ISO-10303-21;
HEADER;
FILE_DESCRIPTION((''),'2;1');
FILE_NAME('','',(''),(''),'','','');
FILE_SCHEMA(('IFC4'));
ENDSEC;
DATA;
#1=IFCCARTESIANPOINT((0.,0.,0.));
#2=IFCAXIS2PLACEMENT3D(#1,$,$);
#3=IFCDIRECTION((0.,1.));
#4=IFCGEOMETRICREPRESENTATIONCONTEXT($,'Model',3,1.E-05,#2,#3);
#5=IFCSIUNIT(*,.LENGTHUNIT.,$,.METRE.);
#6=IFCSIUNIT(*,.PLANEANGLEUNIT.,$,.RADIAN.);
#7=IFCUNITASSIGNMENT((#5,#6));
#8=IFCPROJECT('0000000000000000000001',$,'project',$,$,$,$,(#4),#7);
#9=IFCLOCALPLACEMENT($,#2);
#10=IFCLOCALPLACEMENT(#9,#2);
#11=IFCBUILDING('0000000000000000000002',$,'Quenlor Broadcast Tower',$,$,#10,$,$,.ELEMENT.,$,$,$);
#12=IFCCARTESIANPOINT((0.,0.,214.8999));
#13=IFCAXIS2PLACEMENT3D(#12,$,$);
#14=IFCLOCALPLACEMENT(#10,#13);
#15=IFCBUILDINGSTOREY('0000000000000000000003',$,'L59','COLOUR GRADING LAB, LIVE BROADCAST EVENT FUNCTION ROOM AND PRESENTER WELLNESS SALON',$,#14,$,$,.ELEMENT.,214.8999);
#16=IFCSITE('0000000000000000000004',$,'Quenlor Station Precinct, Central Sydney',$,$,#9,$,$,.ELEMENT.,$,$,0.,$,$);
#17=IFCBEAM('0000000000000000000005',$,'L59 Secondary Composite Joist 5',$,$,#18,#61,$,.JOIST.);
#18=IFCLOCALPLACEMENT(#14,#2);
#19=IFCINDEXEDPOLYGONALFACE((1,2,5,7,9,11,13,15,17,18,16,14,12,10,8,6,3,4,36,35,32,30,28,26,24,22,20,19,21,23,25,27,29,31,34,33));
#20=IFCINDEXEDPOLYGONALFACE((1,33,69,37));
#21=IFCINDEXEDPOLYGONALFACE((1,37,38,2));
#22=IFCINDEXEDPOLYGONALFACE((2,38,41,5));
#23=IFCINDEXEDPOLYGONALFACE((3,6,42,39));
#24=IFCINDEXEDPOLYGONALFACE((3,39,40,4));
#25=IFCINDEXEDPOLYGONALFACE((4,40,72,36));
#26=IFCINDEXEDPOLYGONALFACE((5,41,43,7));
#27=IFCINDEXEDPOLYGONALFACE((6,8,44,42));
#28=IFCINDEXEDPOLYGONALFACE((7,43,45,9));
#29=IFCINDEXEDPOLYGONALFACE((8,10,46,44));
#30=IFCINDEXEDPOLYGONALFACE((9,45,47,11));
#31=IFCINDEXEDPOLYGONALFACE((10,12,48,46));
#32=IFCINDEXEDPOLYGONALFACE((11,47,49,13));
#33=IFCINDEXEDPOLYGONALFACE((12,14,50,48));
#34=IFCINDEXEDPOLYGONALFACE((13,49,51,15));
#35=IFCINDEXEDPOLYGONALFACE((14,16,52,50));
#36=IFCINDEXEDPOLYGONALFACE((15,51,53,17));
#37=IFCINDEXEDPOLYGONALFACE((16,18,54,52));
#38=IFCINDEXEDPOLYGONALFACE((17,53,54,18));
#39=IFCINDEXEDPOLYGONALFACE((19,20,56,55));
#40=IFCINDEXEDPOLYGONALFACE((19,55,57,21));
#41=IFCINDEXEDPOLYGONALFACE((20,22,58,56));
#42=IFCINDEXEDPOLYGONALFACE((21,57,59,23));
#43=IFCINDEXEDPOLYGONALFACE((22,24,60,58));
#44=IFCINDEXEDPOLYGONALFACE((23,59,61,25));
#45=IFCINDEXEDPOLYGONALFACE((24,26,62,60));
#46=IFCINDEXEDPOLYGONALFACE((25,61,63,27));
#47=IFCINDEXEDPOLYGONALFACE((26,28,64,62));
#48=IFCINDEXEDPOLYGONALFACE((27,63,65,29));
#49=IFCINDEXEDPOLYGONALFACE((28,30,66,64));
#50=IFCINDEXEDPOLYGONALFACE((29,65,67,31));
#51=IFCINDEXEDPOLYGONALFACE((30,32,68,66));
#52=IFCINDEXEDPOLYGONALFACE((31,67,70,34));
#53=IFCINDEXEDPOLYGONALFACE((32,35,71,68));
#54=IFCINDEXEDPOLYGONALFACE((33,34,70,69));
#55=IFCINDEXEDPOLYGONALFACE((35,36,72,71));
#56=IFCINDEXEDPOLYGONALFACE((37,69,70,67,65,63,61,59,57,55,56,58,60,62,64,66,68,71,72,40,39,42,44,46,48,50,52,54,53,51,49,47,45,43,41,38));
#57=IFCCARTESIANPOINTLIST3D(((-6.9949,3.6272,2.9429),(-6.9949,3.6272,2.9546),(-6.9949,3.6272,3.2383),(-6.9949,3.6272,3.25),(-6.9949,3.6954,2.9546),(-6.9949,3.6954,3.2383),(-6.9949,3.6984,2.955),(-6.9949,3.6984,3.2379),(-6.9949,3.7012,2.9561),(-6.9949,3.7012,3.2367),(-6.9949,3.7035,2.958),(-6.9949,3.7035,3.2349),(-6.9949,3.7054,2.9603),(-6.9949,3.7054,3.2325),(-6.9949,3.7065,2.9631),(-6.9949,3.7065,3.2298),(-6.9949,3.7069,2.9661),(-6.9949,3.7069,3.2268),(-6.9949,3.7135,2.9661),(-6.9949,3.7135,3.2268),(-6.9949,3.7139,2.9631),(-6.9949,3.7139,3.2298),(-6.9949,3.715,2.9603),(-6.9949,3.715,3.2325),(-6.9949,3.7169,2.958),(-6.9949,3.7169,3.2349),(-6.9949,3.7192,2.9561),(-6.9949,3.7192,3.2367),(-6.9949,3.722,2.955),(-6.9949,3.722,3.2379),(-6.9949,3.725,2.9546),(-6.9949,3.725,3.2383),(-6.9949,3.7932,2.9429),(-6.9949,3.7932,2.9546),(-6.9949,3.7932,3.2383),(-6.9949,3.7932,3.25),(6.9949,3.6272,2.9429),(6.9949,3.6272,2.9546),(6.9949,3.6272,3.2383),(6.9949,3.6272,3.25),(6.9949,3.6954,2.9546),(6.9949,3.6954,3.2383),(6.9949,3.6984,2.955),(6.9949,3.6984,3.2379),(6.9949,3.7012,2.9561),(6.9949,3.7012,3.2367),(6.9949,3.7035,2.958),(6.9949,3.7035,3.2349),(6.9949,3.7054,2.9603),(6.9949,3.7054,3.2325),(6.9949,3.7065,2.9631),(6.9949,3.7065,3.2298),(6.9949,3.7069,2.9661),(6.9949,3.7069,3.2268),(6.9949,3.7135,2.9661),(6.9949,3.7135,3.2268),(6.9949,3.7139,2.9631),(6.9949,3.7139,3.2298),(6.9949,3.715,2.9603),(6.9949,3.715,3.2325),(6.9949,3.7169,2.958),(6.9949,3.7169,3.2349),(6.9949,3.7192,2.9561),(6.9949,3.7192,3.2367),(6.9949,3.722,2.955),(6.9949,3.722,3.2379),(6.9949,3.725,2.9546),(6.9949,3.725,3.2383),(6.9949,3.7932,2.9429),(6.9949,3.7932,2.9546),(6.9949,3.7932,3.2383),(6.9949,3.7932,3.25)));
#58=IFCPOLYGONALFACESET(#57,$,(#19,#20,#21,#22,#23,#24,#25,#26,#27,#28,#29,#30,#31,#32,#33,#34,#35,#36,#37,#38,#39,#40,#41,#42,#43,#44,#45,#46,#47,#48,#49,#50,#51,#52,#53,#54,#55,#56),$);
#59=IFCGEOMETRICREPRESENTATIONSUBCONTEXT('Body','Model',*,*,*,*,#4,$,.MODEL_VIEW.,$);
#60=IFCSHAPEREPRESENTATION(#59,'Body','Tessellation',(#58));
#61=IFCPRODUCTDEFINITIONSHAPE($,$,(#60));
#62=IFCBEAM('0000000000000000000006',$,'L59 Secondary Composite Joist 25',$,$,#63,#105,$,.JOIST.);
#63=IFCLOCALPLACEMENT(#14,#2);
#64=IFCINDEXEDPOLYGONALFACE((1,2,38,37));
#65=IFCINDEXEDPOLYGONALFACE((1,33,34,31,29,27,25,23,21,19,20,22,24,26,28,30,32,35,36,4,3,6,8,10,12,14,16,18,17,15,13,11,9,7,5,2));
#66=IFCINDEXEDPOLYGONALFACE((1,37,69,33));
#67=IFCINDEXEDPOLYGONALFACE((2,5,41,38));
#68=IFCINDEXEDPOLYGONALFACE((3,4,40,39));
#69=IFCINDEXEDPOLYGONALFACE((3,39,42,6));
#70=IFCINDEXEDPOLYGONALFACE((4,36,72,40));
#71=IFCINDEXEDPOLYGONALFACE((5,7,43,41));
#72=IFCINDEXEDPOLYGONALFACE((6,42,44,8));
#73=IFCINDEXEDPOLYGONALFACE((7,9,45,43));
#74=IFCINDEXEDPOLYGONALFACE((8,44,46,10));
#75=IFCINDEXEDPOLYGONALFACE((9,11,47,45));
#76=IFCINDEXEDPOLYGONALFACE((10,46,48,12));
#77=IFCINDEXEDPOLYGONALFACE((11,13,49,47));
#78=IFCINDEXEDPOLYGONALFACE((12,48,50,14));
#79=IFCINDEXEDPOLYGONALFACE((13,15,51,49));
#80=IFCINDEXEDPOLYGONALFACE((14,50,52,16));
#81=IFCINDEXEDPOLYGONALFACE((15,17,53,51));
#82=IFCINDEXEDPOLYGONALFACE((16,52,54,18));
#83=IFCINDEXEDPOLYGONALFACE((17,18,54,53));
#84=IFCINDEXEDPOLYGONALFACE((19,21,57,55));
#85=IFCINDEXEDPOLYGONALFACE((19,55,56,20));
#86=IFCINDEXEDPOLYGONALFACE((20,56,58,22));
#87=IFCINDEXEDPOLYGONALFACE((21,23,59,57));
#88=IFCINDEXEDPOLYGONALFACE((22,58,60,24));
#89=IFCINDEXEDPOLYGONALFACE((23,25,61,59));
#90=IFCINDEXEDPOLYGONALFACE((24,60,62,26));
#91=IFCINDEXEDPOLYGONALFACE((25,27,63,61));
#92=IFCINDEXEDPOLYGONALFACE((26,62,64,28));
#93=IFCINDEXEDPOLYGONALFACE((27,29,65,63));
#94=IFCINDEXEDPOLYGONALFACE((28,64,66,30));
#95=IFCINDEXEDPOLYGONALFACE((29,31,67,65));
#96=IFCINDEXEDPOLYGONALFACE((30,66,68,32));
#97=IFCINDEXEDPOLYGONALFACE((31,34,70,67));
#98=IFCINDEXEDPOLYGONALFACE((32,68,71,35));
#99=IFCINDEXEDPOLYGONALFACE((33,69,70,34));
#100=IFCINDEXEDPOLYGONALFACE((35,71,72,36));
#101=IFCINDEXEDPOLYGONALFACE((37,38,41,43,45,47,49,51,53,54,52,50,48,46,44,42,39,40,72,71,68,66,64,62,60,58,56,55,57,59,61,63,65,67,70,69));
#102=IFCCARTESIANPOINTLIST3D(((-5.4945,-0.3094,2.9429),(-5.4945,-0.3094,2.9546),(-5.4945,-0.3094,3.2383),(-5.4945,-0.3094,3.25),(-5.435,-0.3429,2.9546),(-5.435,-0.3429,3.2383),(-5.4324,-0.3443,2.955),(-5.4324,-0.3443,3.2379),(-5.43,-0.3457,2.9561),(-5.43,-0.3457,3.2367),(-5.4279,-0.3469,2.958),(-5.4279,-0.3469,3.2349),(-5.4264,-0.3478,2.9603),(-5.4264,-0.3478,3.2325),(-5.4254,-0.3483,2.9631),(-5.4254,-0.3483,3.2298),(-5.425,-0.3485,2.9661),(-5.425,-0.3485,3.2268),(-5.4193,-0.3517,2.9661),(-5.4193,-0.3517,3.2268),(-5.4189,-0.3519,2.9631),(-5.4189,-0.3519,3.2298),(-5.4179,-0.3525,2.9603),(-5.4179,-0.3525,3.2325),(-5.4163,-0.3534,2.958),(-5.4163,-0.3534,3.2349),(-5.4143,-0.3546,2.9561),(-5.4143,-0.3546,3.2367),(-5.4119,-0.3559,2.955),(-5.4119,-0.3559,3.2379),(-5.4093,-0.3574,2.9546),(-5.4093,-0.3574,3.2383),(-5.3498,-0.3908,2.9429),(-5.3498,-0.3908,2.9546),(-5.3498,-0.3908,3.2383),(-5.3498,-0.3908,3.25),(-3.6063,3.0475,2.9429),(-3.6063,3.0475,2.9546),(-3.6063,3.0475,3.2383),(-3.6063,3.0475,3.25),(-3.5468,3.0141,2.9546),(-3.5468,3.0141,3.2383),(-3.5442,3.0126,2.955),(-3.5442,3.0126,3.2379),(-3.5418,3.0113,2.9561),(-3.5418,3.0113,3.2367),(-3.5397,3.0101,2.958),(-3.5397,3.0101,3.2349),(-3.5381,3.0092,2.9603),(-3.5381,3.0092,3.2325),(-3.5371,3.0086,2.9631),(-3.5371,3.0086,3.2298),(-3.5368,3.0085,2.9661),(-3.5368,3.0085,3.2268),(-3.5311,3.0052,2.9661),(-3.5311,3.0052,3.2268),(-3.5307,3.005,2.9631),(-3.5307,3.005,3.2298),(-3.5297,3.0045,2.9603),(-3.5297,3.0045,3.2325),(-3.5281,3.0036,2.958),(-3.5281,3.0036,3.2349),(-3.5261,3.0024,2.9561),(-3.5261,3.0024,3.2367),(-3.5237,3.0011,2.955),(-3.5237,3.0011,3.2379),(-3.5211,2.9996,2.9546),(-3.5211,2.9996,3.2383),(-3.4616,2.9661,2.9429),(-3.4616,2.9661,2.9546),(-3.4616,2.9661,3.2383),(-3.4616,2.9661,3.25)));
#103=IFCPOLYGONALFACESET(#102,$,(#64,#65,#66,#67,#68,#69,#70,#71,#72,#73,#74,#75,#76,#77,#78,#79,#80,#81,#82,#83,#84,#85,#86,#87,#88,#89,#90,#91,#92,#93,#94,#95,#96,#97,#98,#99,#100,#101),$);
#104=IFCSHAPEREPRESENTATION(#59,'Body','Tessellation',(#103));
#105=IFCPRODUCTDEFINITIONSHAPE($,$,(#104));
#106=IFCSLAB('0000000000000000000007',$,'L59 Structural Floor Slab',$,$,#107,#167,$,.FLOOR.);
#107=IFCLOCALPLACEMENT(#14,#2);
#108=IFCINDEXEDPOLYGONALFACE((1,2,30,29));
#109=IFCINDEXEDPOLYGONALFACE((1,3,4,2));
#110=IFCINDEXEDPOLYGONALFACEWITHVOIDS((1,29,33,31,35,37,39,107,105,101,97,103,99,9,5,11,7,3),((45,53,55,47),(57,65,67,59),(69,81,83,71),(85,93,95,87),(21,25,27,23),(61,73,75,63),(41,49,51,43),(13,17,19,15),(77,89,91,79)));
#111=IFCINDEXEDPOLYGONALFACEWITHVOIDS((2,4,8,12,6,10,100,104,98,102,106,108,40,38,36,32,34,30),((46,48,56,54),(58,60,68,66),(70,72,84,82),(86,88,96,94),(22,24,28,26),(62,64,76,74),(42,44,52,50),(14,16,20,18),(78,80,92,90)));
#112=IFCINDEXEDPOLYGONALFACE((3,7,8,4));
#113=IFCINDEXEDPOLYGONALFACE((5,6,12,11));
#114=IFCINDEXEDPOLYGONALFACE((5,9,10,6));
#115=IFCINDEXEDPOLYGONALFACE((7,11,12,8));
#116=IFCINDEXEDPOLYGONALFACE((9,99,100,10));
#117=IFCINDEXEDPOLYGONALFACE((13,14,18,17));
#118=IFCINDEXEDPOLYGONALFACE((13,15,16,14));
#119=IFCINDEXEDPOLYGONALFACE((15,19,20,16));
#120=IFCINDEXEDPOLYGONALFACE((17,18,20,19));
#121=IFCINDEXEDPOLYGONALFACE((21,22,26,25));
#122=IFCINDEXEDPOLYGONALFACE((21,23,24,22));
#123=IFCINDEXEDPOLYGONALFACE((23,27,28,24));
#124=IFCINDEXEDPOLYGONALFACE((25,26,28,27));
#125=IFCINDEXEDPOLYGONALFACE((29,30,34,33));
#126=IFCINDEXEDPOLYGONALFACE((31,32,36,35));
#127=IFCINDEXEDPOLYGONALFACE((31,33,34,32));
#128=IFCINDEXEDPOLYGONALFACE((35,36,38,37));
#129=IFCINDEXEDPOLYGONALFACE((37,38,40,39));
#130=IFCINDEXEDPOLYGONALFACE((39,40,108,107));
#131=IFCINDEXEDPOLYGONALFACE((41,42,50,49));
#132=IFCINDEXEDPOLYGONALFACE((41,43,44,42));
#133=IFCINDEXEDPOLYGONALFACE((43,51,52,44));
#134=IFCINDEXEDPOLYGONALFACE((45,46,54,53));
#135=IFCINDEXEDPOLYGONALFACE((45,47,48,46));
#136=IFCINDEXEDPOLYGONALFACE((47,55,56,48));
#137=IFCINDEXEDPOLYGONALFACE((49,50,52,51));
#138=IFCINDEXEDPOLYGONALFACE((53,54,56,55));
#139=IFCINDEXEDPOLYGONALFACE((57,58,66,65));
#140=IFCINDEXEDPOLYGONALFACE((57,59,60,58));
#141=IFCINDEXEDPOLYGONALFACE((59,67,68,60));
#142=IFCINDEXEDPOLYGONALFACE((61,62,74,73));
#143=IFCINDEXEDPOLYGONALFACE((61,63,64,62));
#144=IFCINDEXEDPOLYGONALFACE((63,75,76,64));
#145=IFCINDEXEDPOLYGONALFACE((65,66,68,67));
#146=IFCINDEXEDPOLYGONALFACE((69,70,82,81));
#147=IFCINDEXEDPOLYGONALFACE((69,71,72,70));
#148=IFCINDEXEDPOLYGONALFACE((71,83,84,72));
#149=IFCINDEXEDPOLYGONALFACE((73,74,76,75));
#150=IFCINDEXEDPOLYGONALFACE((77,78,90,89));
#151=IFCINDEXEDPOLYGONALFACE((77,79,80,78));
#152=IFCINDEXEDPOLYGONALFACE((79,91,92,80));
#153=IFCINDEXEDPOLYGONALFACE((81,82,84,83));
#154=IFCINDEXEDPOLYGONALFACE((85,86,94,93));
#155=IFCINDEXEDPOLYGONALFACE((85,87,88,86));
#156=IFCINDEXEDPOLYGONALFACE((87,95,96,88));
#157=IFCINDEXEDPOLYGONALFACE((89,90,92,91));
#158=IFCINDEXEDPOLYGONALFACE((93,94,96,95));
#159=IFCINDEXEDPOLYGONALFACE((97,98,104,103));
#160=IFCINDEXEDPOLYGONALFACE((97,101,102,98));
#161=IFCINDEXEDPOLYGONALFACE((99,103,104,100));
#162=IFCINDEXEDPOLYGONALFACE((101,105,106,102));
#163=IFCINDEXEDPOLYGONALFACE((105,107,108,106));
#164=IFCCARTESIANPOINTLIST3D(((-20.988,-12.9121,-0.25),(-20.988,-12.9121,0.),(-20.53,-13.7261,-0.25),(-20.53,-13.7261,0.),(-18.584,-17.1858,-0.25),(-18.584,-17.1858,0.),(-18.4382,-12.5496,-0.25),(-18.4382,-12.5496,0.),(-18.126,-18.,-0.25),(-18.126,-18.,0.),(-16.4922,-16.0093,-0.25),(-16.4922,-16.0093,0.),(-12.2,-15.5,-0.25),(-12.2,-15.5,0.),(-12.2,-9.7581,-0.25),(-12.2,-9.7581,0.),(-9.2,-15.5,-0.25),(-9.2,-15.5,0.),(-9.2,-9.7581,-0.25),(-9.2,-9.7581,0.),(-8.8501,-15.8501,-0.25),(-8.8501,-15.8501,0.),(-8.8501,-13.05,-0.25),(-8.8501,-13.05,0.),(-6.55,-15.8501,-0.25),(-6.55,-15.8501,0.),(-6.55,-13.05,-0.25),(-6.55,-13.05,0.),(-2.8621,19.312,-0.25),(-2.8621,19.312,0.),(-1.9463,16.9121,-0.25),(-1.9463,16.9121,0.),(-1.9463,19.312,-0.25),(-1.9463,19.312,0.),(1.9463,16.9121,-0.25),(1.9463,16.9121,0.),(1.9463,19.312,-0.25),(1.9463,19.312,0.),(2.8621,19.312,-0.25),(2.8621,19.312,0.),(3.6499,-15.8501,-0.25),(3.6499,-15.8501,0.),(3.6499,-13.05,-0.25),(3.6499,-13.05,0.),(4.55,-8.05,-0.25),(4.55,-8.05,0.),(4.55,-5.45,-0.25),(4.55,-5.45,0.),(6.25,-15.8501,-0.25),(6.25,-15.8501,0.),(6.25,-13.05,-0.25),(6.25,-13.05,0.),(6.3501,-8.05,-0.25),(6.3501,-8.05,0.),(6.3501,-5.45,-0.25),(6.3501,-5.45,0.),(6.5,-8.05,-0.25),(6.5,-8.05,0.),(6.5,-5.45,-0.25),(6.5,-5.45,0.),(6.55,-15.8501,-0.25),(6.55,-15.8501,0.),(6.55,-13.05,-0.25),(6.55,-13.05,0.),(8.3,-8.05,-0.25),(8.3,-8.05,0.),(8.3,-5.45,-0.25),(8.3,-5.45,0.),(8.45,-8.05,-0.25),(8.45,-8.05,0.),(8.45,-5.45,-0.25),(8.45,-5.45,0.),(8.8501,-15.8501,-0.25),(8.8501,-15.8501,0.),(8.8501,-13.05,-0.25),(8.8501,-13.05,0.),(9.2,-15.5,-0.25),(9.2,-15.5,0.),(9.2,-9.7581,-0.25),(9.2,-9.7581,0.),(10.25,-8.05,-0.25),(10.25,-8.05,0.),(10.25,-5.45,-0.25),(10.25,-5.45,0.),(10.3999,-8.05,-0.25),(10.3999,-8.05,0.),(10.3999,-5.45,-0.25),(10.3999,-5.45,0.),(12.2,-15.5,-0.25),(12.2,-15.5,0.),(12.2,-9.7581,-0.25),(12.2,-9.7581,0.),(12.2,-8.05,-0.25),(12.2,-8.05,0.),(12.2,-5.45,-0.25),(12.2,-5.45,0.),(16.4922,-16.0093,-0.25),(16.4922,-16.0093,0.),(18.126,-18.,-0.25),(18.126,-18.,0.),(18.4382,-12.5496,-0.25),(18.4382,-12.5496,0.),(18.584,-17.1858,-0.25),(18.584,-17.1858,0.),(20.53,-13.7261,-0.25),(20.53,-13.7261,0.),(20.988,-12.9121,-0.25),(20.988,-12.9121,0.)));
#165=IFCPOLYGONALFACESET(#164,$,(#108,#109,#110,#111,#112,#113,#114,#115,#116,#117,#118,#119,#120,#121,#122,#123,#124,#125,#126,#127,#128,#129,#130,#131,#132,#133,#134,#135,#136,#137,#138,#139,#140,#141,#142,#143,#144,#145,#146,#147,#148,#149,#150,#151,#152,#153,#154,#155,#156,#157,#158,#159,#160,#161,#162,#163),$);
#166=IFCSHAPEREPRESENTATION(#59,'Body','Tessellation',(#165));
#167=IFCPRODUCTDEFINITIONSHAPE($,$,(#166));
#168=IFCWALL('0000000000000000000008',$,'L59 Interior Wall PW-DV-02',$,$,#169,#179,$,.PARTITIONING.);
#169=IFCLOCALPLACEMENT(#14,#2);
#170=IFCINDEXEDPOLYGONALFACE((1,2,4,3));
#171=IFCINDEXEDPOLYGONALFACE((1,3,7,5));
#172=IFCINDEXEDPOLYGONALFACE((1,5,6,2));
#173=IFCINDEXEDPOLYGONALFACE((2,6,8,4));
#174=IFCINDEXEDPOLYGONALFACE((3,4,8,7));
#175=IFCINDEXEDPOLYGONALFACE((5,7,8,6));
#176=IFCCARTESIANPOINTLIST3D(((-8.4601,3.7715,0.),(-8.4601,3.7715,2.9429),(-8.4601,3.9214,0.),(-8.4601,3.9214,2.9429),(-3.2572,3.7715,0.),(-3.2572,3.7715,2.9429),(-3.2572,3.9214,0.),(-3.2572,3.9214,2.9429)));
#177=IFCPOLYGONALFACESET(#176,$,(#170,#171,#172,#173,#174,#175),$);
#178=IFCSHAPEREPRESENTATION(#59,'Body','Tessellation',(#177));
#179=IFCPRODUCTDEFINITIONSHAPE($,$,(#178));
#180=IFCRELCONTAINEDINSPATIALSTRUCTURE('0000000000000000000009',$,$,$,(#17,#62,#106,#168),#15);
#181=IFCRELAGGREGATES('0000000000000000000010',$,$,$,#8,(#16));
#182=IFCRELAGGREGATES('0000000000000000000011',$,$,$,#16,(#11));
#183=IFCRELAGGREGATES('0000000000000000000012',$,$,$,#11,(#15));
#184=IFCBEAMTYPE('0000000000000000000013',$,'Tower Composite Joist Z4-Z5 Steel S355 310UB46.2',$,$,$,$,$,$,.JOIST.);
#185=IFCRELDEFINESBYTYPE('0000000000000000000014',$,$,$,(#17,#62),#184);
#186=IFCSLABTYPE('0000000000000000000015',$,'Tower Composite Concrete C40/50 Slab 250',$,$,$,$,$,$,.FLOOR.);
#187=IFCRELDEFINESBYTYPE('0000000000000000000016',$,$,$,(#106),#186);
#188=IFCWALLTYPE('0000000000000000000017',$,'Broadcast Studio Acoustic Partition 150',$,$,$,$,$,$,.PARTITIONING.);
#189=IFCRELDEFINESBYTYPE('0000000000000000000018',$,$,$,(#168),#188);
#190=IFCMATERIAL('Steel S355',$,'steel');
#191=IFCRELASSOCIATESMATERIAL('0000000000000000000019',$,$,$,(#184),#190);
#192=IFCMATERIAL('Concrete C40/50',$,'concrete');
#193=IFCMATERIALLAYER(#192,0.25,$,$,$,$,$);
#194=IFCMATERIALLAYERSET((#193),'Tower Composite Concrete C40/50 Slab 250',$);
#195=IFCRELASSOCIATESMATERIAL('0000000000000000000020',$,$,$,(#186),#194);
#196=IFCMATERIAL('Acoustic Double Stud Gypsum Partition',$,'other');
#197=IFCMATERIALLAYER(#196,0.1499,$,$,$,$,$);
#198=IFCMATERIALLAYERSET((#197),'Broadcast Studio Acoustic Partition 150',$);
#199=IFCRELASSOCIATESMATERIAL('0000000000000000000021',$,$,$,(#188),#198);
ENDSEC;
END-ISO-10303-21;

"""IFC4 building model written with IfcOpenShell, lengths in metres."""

from ifc_helpers import new_model, si_unit, direction, frame, frame_2d, origin, origin_2d, place, context, subcontext, project, spatial, polyline, rectangle, i_section, outline, extrude, material, layer, layer_set, material_profile, profile_set, type_object, element, save


model = new_model("IFC4")

# Units and contexts
model_context = context("Model", 3, precision=1e-05, world=origin(), true_north=direction((0.0, 1.0)))
body_context = subcontext(model_context, "Body", "Model", "MODEL_VIEW")
ifc_project = project(units=[si_unit("LENGTHUNIT", "METRE"), si_unit("PLANEANGLEUNIT", "RADIAN")], contexts=[model_context])

# Site, building, storey
site_placement = place(None, origin())
site = spatial("IfcSite", under=ifc_project, at=site_placement, Name="Quenlor Station Precinct, Central Sydney", CompositionType="ELEMENT", RefElevation=0.0)
building_placement = place(site_placement, origin())
building = spatial("IfcBuilding", under=site, at=building_placement, Name="Quenlor Broadcast Tower", CompositionType="ELEMENT")
storey_placement = place(building_placement, frame((0.0, 0.0, 214.8999)))
storey = spatial("IfcBuildingStorey", under=building, at=storey_placement, Name="L59", Description="COLOUR GRADING LAB, LIVE BROADCAST EVENT FUNCTION ROOM AND PRESENTER WELLNESS SALON", CompositionType="ELEMENT", Elevation=214.8999)

# Beams
ifc_material_1 = material(Name="Steel S355", Category="steel")
ifc_material_profile_1 = material_profile(ifc_material_1, i_section(OverallWidth=0.166, OverallDepth=0.3071, WebThickness=0.0066, FlangeThickness=0.0117, FilletRadius=0.0115, at=origin_2d()))
ifc_profile_set_1 = profile_set([ifc_material_profile_1], Name="Steel S355 310UB46.2")
beam_type = type_object("IfcBeamType", Name="Tower Composite Joist Z4-Z5 Steel S355 310UB46.2", PredefinedType="JOIST", material=ifc_profile_set_1)
beam_1_placement = place(storey_placement, frame((-6.9949, 3.7102, 3.0964), z_axis=(1.0, 0.0, 0.0), x_axis=(0.0, 1.0, 0.0)))
element("IfcBeam", 1, at=beam_1_placement, inside=storey, type_object=beam_type, Name="L59 Secondary Composite Joist 5", PredefinedType="JOIST", context=body_context, shape_type="SweptSolid", body=[
    extrude(i_section(OverallWidth=0.166, OverallDepth=0.3071, WebThickness=0.0066, FlangeThickness=0.0117, FilletRadius=0.0115, at=origin_2d()), origin(), (0.0, 0.0, 1.0), 13.9897),
])
beam_2_placement = place(storey_placement, frame((-3.5339, 3.0068, 3.0964), z_axis=(-0.490243, -0.871586, 0.0), x_axis=(0.871586, -0.490243, 0.0)))
element("IfcBeam", 2, at=beam_2_placement, inside=storey, type_object=beam_type, Name="L59 Secondary Composite Joist 25", PredefinedType="JOIST", context=body_context, shape_type="SweptSolid", body=[
    extrude(i_section(OverallWidth=0.166, OverallDepth=0.3071, WebThickness=0.0066, FlangeThickness=0.0117, FilletRadius=0.0115, at=origin_2d()), origin(), (0.0, 0.0, 1.0), 3.8516),
])

# Slab
ifc_material_2 = material(Name="Concrete C40/50", Category="concrete")
ifc_layer_1 = layer(ifc_material_2, 0.25)
ifc_layer_set_1 = layer_set([ifc_layer_1], Name="Tower Composite Concrete C40/50 Slab 250")
slab_type = type_object("IfcSlabType", Name="Tower Composite Concrete C40/50 Slab 250", PredefinedType="FLOOR", material=ifc_layer_set_1)
slab_placement = place(storey_placement, frame((0.0, 0.0, -0.25)))
element("IfcSlab", 3, at=slab_placement, inside=storey, type_object=slab_type, Name="L59 Structural Floor Slab", PredefinedType="FLOOR", context=body_context, shape_type="SweptSolid", body=[
    extrude(outline(polyline([(18.126, -18.0), (18.584, -17.1858), (16.4922, -16.0093), (18.4382, -12.5496), (20.53, -13.7261), (20.988, -12.9121), (2.8621, 19.312), (1.9463, 19.312), (1.9463, 16.9121), (-1.9463, 16.9121), (-1.9463, 19.312), (-2.8621, 19.312), (-20.988, -12.9121), (-20.53, -13.7261), (-18.4382, -12.5496), (-16.4922, -16.0093), (-18.584, -17.1858), (-18.126, -18.0), (18.126, -18.0)]), holes=[polyline([(-12.2, -9.7581), (-12.2, -15.5), (-9.2, -15.5), (-9.2, -9.7581), (-12.2, -9.7581)]), polyline([(9.2, -9.7581), (9.2, -15.5), (12.2, -15.5), (12.2, -9.7581), (9.2, -9.7581)]), polyline([(4.55, -8.05), (6.3501, -8.05), (6.3501, -5.45), (4.55, -5.45), (4.55, -8.05)]), polyline([(6.5, -8.05), (8.3, -8.05), (8.3, -5.45), (6.5, -5.45), (6.5, -8.05)]), polyline([(8.45, -8.05), (10.25, -8.05), (10.25, -5.45), (8.45, -5.45), (8.45, -8.05)]), polyline([(10.3999, -8.05), (12.2, -8.05), (12.2, -5.45), (10.3999, -5.45), (10.3999, -8.05)]), polyline([(-8.8501, -15.8501), (-6.55, -15.8501), (-6.55, -13.05), (-8.8501, -13.05), (-8.8501, -15.8501)]), polyline([(6.55, -15.8501), (8.8501, -15.8501), (8.8501, -13.05), (6.55, -13.05), (6.55, -15.8501)]), polyline([(3.6499, -15.8501), (6.25, -15.8501), (6.25, -13.05), (3.6499, -13.05), (3.6499, -15.8501)])]), origin(), (0.0, 0.0, 1.0), 0.25),
])

# Wall
ifc_material_3 = material(Name="Acoustic Double Stud Gypsum Partition", Category="other")
ifc_layer_2 = layer(ifc_material_3, 0.1499)
ifc_layer_set_2 = layer_set([ifc_layer_2], Name="Broadcast Studio Acoustic Partition 150")
wall_type_1 = type_object("IfcWallType", Name="Broadcast Studio Acoustic Partition 150", PredefinedType="PARTITIONING", material=ifc_layer_set_2)
wall_1_placement = place(storey_placement, frame((-3.2571, 3.8464, 0.0), z_axis=(0.0, 0.0, 1.0), x_axis=(-1.0, 0.0, 0.0)))
element("IfcWall", 4, at=wall_1_placement, inside=storey, type_object=wall_type_1, Name="L59 Interior Wall PW-DV-02", PredefinedType="PARTITIONING", context=body_context, shape_type="SweptSolid", body=[
    extrude(rectangle(XDim=5.2029, YDim=0.1499, at=frame_2d((2.6016, 0.0))), origin(), (0.0, 0.0, 1.0), 2.9429),
])

save(model, "model.ifc")
